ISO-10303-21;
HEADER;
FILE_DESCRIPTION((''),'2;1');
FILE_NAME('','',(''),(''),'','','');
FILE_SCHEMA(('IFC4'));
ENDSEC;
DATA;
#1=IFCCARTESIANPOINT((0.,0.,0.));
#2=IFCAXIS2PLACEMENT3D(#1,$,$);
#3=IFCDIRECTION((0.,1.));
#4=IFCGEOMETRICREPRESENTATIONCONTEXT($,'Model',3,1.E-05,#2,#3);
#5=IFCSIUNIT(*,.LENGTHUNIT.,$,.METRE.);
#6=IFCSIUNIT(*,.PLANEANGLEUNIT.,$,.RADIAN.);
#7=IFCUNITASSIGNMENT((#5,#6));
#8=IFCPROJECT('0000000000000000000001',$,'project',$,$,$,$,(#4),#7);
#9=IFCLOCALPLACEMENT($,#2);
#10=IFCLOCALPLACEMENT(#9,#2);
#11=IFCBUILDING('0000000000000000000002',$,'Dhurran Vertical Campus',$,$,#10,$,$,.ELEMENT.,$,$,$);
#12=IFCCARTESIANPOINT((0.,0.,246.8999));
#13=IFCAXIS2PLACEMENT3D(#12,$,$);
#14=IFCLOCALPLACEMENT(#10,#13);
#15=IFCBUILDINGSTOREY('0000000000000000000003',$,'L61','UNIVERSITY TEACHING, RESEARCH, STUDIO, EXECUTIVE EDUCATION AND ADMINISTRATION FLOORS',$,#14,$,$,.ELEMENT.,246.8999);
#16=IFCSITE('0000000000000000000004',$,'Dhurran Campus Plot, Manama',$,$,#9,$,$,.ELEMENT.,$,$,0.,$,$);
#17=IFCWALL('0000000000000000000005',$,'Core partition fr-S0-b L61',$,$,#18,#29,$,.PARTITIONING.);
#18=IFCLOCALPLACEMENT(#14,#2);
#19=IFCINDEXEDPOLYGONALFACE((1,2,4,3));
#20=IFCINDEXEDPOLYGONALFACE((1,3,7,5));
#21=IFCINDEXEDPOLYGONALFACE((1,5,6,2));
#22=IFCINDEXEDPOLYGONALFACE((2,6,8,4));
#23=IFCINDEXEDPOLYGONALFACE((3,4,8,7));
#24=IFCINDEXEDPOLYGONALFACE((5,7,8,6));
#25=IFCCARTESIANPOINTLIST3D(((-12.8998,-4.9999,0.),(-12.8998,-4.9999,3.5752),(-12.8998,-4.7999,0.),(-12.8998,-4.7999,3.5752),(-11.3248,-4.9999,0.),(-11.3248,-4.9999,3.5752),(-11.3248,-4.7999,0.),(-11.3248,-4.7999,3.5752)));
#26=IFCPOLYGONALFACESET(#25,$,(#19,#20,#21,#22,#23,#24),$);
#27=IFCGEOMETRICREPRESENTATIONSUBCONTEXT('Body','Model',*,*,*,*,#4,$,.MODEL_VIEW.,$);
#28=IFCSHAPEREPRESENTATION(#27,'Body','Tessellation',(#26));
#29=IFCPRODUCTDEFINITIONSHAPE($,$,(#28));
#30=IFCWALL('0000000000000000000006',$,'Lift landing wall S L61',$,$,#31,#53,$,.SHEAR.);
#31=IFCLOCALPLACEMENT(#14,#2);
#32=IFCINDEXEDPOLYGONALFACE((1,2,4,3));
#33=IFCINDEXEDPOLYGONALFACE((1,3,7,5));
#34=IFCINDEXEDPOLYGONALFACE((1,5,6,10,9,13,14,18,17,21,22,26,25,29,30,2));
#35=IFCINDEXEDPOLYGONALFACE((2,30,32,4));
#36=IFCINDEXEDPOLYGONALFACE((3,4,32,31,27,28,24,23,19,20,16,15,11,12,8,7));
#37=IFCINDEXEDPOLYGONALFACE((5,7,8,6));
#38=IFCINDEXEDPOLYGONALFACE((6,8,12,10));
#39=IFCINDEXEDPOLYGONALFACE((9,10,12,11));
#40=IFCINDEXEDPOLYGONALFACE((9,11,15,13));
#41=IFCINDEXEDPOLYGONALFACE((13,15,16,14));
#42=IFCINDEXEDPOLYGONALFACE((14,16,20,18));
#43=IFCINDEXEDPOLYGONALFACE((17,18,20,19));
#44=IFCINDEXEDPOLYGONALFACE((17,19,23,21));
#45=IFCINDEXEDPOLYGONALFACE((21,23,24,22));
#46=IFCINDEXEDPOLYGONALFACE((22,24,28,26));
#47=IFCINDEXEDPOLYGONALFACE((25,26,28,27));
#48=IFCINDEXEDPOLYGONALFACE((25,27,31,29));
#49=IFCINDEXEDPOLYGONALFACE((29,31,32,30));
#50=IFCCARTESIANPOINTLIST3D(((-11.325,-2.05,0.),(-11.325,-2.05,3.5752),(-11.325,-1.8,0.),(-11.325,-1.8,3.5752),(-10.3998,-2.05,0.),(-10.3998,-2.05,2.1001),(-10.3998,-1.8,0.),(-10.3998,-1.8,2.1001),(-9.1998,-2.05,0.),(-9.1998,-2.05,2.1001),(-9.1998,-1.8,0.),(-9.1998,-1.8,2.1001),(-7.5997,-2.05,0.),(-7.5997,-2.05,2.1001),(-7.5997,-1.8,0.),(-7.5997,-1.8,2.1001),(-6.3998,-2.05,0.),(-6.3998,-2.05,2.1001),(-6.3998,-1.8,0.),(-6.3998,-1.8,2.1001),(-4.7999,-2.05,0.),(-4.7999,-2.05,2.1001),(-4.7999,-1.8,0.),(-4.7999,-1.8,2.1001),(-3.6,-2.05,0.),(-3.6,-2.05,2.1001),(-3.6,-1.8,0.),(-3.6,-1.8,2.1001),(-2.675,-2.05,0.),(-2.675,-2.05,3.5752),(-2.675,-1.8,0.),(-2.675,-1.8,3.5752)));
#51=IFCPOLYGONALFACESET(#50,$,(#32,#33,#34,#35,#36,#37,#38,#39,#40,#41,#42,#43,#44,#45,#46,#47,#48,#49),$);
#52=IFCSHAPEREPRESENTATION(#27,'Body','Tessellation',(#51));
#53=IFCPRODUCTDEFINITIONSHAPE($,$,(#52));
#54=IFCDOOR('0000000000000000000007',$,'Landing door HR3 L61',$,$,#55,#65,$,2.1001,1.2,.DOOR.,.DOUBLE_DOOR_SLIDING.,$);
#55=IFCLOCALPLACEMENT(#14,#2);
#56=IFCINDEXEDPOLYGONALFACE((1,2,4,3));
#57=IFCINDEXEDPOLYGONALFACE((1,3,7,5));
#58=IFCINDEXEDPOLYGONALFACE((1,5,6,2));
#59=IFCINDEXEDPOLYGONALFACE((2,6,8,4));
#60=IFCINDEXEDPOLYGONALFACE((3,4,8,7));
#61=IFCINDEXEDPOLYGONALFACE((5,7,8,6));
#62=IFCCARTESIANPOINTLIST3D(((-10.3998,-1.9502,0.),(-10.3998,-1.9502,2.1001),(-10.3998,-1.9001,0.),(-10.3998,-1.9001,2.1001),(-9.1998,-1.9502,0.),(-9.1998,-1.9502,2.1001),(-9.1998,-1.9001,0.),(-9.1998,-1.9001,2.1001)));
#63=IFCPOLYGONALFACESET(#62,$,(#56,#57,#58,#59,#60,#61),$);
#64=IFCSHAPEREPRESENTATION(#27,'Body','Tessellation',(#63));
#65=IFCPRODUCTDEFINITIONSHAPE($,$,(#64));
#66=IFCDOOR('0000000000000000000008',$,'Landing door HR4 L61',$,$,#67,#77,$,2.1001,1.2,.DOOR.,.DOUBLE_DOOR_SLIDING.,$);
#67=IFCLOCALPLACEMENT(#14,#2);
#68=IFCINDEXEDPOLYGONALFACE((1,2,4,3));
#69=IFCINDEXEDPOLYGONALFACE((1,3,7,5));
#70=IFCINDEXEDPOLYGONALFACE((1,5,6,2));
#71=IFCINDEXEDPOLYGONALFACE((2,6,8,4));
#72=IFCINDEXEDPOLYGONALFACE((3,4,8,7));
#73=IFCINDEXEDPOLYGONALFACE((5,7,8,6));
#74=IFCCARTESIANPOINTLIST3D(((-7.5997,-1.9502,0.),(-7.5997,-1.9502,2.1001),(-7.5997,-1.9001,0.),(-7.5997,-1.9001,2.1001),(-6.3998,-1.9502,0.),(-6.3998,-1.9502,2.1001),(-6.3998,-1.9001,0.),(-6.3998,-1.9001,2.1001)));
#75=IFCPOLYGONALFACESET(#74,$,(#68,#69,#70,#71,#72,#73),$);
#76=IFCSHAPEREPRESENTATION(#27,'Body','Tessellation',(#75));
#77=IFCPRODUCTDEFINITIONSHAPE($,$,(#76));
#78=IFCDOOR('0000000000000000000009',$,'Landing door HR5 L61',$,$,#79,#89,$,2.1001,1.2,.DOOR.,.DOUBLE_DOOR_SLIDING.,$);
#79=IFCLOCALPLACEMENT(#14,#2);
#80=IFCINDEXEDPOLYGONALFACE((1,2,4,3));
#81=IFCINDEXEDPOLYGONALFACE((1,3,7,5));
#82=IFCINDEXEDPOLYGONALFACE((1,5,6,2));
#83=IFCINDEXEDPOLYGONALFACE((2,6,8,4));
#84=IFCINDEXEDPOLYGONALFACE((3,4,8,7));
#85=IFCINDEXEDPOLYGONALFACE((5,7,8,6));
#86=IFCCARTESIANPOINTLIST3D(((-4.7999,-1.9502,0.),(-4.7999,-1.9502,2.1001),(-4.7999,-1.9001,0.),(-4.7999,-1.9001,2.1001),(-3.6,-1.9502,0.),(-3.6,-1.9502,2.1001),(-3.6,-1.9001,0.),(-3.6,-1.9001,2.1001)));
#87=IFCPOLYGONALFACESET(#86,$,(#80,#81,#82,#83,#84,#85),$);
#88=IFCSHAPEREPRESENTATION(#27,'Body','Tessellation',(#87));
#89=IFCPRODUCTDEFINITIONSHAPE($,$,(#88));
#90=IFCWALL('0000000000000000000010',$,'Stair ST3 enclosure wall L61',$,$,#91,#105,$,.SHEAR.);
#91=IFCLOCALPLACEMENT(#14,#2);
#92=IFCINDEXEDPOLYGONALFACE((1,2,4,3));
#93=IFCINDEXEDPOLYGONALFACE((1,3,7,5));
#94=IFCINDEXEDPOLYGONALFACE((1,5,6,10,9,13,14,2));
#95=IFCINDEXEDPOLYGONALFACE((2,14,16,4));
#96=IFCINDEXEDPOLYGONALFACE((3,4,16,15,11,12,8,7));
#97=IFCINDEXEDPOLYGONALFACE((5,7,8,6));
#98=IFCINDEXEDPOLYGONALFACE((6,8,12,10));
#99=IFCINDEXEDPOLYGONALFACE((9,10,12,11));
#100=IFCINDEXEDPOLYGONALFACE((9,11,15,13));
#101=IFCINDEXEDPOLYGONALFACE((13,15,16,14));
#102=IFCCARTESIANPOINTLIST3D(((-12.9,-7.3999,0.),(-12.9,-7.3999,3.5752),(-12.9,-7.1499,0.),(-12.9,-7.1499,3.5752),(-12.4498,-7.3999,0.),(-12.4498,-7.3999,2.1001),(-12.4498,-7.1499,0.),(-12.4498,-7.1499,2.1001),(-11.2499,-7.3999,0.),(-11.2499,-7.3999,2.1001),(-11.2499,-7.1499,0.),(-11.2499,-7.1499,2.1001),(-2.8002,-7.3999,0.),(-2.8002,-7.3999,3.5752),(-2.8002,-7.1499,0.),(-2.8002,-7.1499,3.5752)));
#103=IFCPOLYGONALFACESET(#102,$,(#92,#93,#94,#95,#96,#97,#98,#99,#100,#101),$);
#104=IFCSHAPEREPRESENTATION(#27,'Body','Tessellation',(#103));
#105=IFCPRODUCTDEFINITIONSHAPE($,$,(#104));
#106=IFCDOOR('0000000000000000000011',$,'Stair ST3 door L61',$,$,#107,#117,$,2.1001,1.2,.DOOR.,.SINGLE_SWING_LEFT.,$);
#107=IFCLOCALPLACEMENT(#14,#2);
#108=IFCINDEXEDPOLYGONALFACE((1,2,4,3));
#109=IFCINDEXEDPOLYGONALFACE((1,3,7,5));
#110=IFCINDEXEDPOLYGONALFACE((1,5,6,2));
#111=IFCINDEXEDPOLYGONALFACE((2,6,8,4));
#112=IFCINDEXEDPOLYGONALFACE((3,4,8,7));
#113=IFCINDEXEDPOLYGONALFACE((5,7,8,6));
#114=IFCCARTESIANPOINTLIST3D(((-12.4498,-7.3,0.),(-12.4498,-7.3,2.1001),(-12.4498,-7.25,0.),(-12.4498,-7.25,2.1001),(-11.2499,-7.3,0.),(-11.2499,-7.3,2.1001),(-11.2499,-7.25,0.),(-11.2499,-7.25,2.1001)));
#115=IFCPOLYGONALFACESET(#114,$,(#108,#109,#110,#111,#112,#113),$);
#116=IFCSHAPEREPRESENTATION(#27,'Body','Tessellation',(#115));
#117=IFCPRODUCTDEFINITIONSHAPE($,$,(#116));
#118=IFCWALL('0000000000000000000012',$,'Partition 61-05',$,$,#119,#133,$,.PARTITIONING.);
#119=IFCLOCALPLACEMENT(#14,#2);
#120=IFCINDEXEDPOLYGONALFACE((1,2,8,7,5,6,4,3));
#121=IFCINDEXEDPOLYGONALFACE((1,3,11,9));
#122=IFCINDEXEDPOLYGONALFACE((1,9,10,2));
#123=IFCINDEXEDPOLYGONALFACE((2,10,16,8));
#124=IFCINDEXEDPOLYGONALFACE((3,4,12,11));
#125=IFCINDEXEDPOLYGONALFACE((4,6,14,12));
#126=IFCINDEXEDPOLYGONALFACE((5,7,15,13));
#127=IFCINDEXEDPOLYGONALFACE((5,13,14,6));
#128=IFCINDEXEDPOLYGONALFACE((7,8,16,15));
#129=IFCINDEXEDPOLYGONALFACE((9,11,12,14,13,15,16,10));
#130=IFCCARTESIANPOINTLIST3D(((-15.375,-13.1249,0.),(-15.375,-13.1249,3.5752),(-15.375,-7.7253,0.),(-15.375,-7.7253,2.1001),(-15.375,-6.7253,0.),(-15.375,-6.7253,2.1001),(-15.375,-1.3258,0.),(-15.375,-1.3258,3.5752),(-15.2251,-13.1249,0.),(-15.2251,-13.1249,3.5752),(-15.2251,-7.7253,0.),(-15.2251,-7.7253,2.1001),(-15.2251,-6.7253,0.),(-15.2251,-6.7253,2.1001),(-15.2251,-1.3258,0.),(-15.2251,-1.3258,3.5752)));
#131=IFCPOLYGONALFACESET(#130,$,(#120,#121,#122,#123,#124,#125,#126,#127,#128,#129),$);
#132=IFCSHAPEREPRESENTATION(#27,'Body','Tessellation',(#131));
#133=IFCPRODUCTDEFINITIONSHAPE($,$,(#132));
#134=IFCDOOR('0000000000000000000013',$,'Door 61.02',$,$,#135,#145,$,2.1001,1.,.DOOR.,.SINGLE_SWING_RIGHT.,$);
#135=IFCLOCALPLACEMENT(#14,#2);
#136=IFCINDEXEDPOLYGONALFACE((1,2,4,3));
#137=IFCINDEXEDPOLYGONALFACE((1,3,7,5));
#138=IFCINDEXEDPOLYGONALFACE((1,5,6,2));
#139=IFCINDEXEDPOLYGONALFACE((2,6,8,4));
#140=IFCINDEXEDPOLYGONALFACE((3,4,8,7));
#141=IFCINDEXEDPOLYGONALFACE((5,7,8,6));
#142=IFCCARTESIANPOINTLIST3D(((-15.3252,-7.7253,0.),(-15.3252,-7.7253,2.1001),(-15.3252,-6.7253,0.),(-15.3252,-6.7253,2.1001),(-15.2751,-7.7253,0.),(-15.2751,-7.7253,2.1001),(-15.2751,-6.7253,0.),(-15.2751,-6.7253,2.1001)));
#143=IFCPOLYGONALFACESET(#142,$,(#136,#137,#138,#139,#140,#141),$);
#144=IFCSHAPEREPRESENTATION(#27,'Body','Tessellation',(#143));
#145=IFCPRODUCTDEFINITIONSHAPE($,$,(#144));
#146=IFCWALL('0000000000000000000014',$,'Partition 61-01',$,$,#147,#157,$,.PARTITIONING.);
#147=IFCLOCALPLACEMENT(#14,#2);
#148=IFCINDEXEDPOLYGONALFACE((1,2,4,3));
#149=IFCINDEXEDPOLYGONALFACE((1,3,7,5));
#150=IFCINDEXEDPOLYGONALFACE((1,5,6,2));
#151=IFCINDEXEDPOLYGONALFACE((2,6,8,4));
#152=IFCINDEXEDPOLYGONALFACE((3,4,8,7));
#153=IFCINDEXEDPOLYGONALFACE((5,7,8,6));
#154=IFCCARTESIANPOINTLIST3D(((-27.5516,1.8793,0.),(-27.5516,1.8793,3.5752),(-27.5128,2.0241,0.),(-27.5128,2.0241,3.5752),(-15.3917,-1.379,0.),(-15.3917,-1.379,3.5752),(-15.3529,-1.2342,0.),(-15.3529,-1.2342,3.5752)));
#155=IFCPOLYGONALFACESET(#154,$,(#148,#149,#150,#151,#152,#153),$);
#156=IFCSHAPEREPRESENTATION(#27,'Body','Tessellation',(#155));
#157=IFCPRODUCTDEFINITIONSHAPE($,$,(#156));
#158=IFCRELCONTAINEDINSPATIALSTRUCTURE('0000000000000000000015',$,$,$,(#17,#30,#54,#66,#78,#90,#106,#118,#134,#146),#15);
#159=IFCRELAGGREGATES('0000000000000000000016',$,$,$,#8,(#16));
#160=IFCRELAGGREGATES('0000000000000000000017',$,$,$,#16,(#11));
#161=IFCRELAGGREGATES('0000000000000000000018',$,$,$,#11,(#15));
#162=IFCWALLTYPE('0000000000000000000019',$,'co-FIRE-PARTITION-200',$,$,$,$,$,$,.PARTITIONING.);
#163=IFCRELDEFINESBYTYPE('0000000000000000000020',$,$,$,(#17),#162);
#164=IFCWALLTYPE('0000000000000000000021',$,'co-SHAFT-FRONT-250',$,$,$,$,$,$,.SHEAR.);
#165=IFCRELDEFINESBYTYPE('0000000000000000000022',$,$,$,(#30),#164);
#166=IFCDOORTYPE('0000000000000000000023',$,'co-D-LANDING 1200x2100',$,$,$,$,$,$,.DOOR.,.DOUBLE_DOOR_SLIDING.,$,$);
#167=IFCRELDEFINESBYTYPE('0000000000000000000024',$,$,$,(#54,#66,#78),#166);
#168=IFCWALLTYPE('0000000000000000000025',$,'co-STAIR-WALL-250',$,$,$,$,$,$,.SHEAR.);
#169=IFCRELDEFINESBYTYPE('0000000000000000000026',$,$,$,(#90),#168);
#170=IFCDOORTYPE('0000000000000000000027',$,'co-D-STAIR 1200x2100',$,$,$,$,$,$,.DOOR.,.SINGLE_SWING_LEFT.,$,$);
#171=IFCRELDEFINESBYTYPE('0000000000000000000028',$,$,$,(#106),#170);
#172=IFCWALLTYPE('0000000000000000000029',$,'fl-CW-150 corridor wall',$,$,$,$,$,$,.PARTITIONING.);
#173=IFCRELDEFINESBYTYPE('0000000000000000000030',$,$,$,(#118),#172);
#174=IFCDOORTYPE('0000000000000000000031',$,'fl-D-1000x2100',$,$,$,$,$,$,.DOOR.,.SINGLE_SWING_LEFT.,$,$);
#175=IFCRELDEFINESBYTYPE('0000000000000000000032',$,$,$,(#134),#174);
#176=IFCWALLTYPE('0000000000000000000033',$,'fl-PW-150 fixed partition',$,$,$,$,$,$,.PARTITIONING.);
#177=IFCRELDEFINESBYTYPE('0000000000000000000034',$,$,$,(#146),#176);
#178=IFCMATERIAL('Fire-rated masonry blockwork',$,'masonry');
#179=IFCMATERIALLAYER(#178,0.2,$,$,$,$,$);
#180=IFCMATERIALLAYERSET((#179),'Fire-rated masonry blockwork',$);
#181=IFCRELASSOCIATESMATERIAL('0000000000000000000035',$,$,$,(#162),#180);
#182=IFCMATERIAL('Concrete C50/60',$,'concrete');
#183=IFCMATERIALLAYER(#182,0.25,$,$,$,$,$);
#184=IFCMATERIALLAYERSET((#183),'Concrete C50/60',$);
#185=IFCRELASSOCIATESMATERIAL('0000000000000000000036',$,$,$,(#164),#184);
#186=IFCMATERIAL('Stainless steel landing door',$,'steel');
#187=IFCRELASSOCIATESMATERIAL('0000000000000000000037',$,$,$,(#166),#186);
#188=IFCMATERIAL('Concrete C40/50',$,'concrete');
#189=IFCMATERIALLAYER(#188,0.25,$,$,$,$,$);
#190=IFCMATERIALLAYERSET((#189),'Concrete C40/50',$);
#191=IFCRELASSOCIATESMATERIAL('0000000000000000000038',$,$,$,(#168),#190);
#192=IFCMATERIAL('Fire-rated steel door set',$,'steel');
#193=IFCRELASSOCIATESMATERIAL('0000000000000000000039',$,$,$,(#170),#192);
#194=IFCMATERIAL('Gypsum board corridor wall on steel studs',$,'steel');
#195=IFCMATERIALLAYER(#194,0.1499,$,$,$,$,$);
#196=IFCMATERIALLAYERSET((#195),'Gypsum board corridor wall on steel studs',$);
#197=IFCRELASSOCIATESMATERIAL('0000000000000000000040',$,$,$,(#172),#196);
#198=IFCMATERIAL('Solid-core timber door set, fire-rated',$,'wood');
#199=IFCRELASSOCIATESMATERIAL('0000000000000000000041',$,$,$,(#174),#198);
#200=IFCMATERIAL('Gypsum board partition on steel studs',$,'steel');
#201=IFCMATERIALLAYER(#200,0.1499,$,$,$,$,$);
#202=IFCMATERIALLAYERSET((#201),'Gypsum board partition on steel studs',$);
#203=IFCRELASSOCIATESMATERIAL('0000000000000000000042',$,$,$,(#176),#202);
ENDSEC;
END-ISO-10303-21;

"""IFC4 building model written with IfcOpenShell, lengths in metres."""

from ifc_helpers import new_model, si_unit, direction, frame, frame_2d, origin, place, context, subcontext, project, spatial, rectangle, extrude, material, layer, layer_set, type_object, element, fill, save


model = new_model("IFC4")

# Units and contexts
model_context = context("Model", 3, precision=1e-05, world=origin(), true_north=direction((0.0, 1.0)))
body_context = subcontext(model_context, "Body", "Model", "MODEL_VIEW")
ifc_project = project(units=[si_unit("LENGTHUNIT", "METRE"), si_unit("PLANEANGLEUNIT", "RADIAN")], contexts=[model_context])

# Site, building, storey
site_placement = place(None, origin())
site = spatial("IfcSite", under=ifc_project, at=site_placement, Name="Dhurran Campus Plot, Manama", CompositionType="ELEMENT", RefElevation=0.0)
building_placement = place(site_placement, origin())
building = spatial("IfcBuilding", under=site, at=building_placement, Name="Dhurran Vertical Campus", CompositionType="ELEMENT")
storey_placement = place(building_placement, frame((0.0, 0.0, 246.8999)))
storey = spatial("IfcBuildingStorey", under=building, at=storey_placement, Name="L61", Description="UNIVERSITY TEACHING, RESEARCH, STUDIO, EXECUTIVE EDUCATION AND ADMINISTRATION FLOORS", CompositionType="ELEMENT", Elevation=246.8999)

# Shared definitions
ifc_material_1 = material(Name="Fire-rated masonry blockwork", Category="masonry")
ifc_layer_1 = layer(ifc_material_1, 0.2)
ifc_layer_set_1 = layer_set([ifc_layer_1], Name="Fire-rated masonry blockwork")
wall_type_1 = type_object("IfcWallType", Name="co-FIRE-PARTITION-200", PredefinedType="PARTITIONING", material=ifc_layer_set_1)

# Wall
wall_1_placement = place(storey_placement, frame((-12.8999, -4.8999, 0.0), z_axis=(0.0, 0.0, 1.0), x_axis=(1.0, 0.0, 0.0)))
element("IfcWall", 1, at=wall_1_placement, inside=storey, type_object=wall_type_1, Name="Core partition fr-S0-b L61", PredefinedType="PARTITIONING", context=body_context, shape_type="SweptSolid", body=[
    extrude(rectangle(XDim=1.575, YDim=0.2, at=frame_2d((0.7876, 0.0))), origin(), (0.0, 0.0, 1.0), 3.5752),
])

# Wall, openings, doors
ifc_material_2 = material(Name="Concrete C50/60", Category="concrete")
ifc_layer_2 = layer(ifc_material_2, 0.25)
ifc_layer_set_2 = layer_set([ifc_layer_2], Name="Concrete C50/60")
wall_type_2 = type_object("IfcWallType", Name="co-SHAFT-FRONT-250", PredefinedType="SHEAR", material=ifc_layer_set_2)
wall_2_placement = place(storey_placement, frame((-11.325, -1.925, 0.0), z_axis=(0.0, 0.0, 1.0), x_axis=(1.0, 0.0, 0.0)))
wall_2 = element("IfcWall", 2, at=wall_2_placement, inside=storey, type_object=wall_type_2, Name="Lift landing wall S L61", PredefinedType="SHEAR", context=body_context, shape_type="SweptSolid", body=[
    extrude(rectangle(XDim=8.6499, YDim=0.25, at=frame_2d((4.325, 0.0))), origin(), (0.0, 0.0, 1.0), 3.5752),
])
opening_1_placement = place(wall_2_placement, frame((0.925, 0.0, 0.0)))
opening_1 = element("IfcOpeningElement", 3, at=opening_1_placement, cuts=wall_2, PredefinedType="OPENING", context=body_context, shape_type="SweptSolid", body=[
    extrude(rectangle(XDim=1.2, YDim=2.1001, at=frame_2d((0.6001, 1.05))), frame((0.0, 0.135, 0.0), z_axis=(0.0, -1.0, 0.0), x_axis=(1.0, 0.0, 0.0)), (0.0, 0.0, 1.0), 0.27),
])
opening_2_placement = place(wall_2_placement, frame((3.7251, 0.0, 0.0)))
opening_2 = element("IfcOpeningElement", 4, at=opening_2_placement, cuts=wall_2, PredefinedType="OPENING", context=body_context, shape_type="SweptSolid", body=[
    extrude(rectangle(XDim=1.2, YDim=2.1001, at=frame_2d((0.6001, 1.05))), frame((0.0, 0.135, 0.0), z_axis=(0.0, -1.0, 0.0), x_axis=(1.0, 0.0, 0.0)), (0.0, 0.0, 1.0), 0.27),
])
opening_3_placement = place(wall_2_placement, frame((6.5249, 0.0, 0.0)))
opening_3 = element("IfcOpeningElement", 5, at=opening_3_placement, cuts=wall_2, PredefinedType="OPENING", context=body_context, shape_type="SweptSolid", body=[
    extrude(rectangle(XDim=1.2, YDim=2.1001, at=frame_2d((0.6001, 1.05))), frame((0.0, 0.135, 0.0), z_axis=(0.0, -1.0, 0.0), x_axis=(1.0, 0.0, 0.0)), (0.0, 0.0, 1.0), 0.27),
])
ifc_material_3 = material(Name="Stainless steel landing door", Category="steel")
door_type_1 = type_object("IfcDoorType", Name="co-D-LANDING 1200x2100", OperationType="DOUBLE_DOOR_SLIDING", PredefinedType="DOOR", material=ifc_material_3)
door_1_placement = place(opening_1_placement, origin())
door_1 = element("IfcDoor", 6, at=door_1_placement, inside=storey, type_object=door_type_1, Name="Landing door HR3 L61", OperationType="DOUBLE_DOOR_SLIDING", OverallHeight=2.1001, OverallWidth=1.2, PredefinedType="DOOR", context=body_context, shape_type="SweptSolid", body=[
    extrude(rectangle(XDim=1.2, YDim=2.1001, at=frame_2d((0.6001, 1.05))), frame((0.0, 0.0249, 0.0), z_axis=(0.0, -1.0, 0.0), x_axis=(1.0, 0.0, 0.0)), (0.0, 0.0, 1.0), 0.05),
])
fill(opening_1, door_1)
door_2_placement = place(opening_2_placement, origin())
door_2 = element("IfcDoor", 7, at=door_2_placement, inside=storey, type_object=door_type_1, Name="Landing door HR4 L61", OperationType="DOUBLE_DOOR_SLIDING", OverallHeight=2.1001, OverallWidth=1.2, PredefinedType="DOOR", context=body_context, shape_type="SweptSolid", body=[
    extrude(rectangle(XDim=1.2, YDim=2.1001, at=frame_2d((0.6001, 1.05))), frame((0.0, 0.0249, 0.0), z_axis=(0.0, -1.0, 0.0), x_axis=(1.0, 0.0, 0.0)), (0.0, 0.0, 1.0), 0.05),
])
fill(opening_2, door_2)
door_3_placement = place(opening_3_placement, origin())
door_3 = element("IfcDoor", 8, at=door_3_placement, inside=storey, type_object=door_type_1, Name="Landing door HR5 L61", OperationType="DOUBLE_DOOR_SLIDING", OverallHeight=2.1001, OverallWidth=1.2, PredefinedType="DOOR", context=body_context, shape_type="SweptSolid", body=[
    extrude(rectangle(XDim=1.2, YDim=2.1001, at=frame_2d((0.6001, 1.05))), frame((0.0, 0.0249, 0.0), z_axis=(0.0, -1.0, 0.0), x_axis=(1.0, 0.0, 0.0)), (0.0, 0.0, 1.0), 0.05),
])
fill(opening_3, door_3)

# Walls, openings, doors
ifc_material_4 = material(Name="Concrete C40/50", Category="concrete")
ifc_layer_3 = layer(ifc_material_4, 0.25)
ifc_layer_set_3 = layer_set([ifc_layer_3], Name="Concrete C40/50")
wall_type_3 = type_object("IfcWallType", Name="co-STAIR-WALL-250", PredefinedType="SHEAR", material=ifc_layer_set_3)
wall_3_placement = place(storey_placement, frame((-12.8999, -7.2749, 0.0), z_axis=(0.0, 0.0, 1.0), x_axis=(1.0, 0.0, 0.0)))
wall_3 = element("IfcWall", 9, at=wall_3_placement, inside=storey, type_object=wall_type_3, Name="Stair ST3 enclosure wall L61", PredefinedType="SHEAR", context=body_context, shape_type="SweptSolid", body=[
    extrude(rectangle(XDim=10.0999, YDim=0.25, at=frame_2d((5.0498, 0.0))), origin(), (0.0, 0.0, 1.0), 3.5752),
])
opening_4_placement = place(wall_3_placement, frame((0.45, 0.0, 0.0)))
opening_4 = element("IfcOpeningElement", 10, at=opening_4_placement, cuts=wall_3, PredefinedType="OPENING", context=body_context, shape_type="SweptSolid", body=[
    extrude(rectangle(XDim=1.2, YDim=2.1001, at=frame_2d((0.6001, 1.05))), frame((0.0, 0.135, 0.0), z_axis=(0.0, -1.0, 0.0), x_axis=(1.0, 0.0, 0.0)), (0.0, 0.0, 1.0), 0.27),
])
ifc_material_5 = material(Name="Fire-rated steel door set", Category="steel")
door_type_2 = type_object("IfcDoorType", Name="co-D-STAIR 1200x2100", OperationType="SINGLE_SWING_LEFT", PredefinedType="DOOR", material=ifc_material_5)
door_4_placement = place(opening_4_placement, origin())
door_4 = element("IfcDoor", 11, at=door_4_placement, inside=storey, type_object=door_type_2, Name="Stair ST3 door L61", OperationType="SINGLE_SWING_LEFT", OverallHeight=2.1001, OverallWidth=1.2, PredefinedType="DOOR", context=body_context, shape_type="SweptSolid", body=[
    extrude(rectangle(XDim=1.2, YDim=2.1001, at=frame_2d((0.6001, 1.05))), frame((0.0, 0.0249, 0.0), z_axis=(0.0, -1.0, 0.0), x_axis=(1.0, 0.0, 0.0)), (0.0, 0.0, 1.0), 0.05),
])
fill(opening_4, door_4)
ifc_material_6 = material(Name="Gypsum board corridor wall on steel studs", Category="steel")
ifc_layer_4 = layer(ifc_material_6, 0.1499)
ifc_layer_set_4 = layer_set([ifc_layer_4], Name="Gypsum board corridor wall on steel studs")
wall_type_4 = type_object("IfcWallType", Name="fl-CW-150 corridor wall", PredefinedType="PARTITIONING", material=ifc_layer_set_4)
wall_4_placement = place(storey_placement, frame((-15.3, -1.3259, 0.0), z_axis=(0.0, 0.0, 1.0), x_axis=(0.0, -1.0, 0.0)))
wall_4 = element("IfcWall", 12, at=wall_4_placement, inside=storey, type_object=wall_type_4, Name="Partition 61-05", PredefinedType="PARTITIONING", context=body_context, shape_type="SweptSolid", body=[
    extrude(rectangle(XDim=11.7991, YDim=0.1499, at=frame_2d((5.8994, 0.0))), origin(), (0.0, 0.0, 1.0), 3.5752),
])
opening_5_placement = place(wall_4_placement, frame((5.3994, 0.0, 0.0)))
opening_5 = element("IfcOpeningElement", 13, at=opening_5_placement, cuts=wall_4, PredefinedType="OPENING", context=body_context, shape_type="SweptSolid", body=[
    extrude(rectangle(XDim=1.0, YDim=2.1001, at=frame_2d((0.5, 1.05))), frame((0.0, 0.085, 0.0), z_axis=(0.0, -1.0, 0.0), x_axis=(1.0, 0.0, 0.0)), (0.0, 0.0, 1.0), 0.1699),
])
ifc_material_7 = material(Name="Solid-core timber door set, fire-rated", Category="wood")
door_type_3 = type_object("IfcDoorType", Name="fl-D-1000x2100", OperationType="SINGLE_SWING_LEFT", PredefinedType="DOOR", material=ifc_material_7)
door_5_placement = place(opening_5_placement, origin())
door_5 = element("IfcDoor", 14, at=door_5_placement, inside=storey, type_object=door_type_3, Name="Door 61.02", OperationType="SINGLE_SWING_RIGHT", OverallHeight=2.1001, OverallWidth=1.0, PredefinedType="DOOR", context=body_context, shape_type="SweptSolid", body=[
    extrude(rectangle(XDim=1.0, YDim=2.1001, at=frame_2d((0.5, 1.05))), frame((0.0, 0.0249, 0.0), z_axis=(0.0, -1.0, 0.0), x_axis=(1.0, 0.0, 0.0)), (0.0, 0.0, 1.0), 0.05),
])
fill(opening_5, door_5)

# Wall
ifc_material_8 = material(Name="Gypsum board partition on steel studs", Category="steel")
ifc_layer_5 = layer(ifc_material_8, 0.1499)
ifc_layer_set_5 = layer_set([ifc_layer_5], Name="Gypsum board partition on steel studs")
wall_type_5 = type_object("IfcWallType", Name="fl-PW-150 fixed partition", PredefinedType="PARTITIONING", material=ifc_layer_set_5)
wall_5_placement = place(storey_placement, frame((-15.3723, -1.3066, 0.0), z_axis=(0.0, 0.0, 1.0), x_axis=(-0.965925, 0.258824, 0.0)))
element("IfcWall", 15, at=wall_5_placement, inside=storey, type_object=wall_type_5, Name="Partition 61-01", PredefinedType="PARTITIONING", context=body_context, shape_type="SweptSolid", body=[
    extrude(rectangle(XDim=12.5889, YDim=0.1499, at=frame_2d((6.2944, 0.0))), origin(), (0.0, 0.0, 1.0), 3.5752),
])

save(model, "model.ifc")
